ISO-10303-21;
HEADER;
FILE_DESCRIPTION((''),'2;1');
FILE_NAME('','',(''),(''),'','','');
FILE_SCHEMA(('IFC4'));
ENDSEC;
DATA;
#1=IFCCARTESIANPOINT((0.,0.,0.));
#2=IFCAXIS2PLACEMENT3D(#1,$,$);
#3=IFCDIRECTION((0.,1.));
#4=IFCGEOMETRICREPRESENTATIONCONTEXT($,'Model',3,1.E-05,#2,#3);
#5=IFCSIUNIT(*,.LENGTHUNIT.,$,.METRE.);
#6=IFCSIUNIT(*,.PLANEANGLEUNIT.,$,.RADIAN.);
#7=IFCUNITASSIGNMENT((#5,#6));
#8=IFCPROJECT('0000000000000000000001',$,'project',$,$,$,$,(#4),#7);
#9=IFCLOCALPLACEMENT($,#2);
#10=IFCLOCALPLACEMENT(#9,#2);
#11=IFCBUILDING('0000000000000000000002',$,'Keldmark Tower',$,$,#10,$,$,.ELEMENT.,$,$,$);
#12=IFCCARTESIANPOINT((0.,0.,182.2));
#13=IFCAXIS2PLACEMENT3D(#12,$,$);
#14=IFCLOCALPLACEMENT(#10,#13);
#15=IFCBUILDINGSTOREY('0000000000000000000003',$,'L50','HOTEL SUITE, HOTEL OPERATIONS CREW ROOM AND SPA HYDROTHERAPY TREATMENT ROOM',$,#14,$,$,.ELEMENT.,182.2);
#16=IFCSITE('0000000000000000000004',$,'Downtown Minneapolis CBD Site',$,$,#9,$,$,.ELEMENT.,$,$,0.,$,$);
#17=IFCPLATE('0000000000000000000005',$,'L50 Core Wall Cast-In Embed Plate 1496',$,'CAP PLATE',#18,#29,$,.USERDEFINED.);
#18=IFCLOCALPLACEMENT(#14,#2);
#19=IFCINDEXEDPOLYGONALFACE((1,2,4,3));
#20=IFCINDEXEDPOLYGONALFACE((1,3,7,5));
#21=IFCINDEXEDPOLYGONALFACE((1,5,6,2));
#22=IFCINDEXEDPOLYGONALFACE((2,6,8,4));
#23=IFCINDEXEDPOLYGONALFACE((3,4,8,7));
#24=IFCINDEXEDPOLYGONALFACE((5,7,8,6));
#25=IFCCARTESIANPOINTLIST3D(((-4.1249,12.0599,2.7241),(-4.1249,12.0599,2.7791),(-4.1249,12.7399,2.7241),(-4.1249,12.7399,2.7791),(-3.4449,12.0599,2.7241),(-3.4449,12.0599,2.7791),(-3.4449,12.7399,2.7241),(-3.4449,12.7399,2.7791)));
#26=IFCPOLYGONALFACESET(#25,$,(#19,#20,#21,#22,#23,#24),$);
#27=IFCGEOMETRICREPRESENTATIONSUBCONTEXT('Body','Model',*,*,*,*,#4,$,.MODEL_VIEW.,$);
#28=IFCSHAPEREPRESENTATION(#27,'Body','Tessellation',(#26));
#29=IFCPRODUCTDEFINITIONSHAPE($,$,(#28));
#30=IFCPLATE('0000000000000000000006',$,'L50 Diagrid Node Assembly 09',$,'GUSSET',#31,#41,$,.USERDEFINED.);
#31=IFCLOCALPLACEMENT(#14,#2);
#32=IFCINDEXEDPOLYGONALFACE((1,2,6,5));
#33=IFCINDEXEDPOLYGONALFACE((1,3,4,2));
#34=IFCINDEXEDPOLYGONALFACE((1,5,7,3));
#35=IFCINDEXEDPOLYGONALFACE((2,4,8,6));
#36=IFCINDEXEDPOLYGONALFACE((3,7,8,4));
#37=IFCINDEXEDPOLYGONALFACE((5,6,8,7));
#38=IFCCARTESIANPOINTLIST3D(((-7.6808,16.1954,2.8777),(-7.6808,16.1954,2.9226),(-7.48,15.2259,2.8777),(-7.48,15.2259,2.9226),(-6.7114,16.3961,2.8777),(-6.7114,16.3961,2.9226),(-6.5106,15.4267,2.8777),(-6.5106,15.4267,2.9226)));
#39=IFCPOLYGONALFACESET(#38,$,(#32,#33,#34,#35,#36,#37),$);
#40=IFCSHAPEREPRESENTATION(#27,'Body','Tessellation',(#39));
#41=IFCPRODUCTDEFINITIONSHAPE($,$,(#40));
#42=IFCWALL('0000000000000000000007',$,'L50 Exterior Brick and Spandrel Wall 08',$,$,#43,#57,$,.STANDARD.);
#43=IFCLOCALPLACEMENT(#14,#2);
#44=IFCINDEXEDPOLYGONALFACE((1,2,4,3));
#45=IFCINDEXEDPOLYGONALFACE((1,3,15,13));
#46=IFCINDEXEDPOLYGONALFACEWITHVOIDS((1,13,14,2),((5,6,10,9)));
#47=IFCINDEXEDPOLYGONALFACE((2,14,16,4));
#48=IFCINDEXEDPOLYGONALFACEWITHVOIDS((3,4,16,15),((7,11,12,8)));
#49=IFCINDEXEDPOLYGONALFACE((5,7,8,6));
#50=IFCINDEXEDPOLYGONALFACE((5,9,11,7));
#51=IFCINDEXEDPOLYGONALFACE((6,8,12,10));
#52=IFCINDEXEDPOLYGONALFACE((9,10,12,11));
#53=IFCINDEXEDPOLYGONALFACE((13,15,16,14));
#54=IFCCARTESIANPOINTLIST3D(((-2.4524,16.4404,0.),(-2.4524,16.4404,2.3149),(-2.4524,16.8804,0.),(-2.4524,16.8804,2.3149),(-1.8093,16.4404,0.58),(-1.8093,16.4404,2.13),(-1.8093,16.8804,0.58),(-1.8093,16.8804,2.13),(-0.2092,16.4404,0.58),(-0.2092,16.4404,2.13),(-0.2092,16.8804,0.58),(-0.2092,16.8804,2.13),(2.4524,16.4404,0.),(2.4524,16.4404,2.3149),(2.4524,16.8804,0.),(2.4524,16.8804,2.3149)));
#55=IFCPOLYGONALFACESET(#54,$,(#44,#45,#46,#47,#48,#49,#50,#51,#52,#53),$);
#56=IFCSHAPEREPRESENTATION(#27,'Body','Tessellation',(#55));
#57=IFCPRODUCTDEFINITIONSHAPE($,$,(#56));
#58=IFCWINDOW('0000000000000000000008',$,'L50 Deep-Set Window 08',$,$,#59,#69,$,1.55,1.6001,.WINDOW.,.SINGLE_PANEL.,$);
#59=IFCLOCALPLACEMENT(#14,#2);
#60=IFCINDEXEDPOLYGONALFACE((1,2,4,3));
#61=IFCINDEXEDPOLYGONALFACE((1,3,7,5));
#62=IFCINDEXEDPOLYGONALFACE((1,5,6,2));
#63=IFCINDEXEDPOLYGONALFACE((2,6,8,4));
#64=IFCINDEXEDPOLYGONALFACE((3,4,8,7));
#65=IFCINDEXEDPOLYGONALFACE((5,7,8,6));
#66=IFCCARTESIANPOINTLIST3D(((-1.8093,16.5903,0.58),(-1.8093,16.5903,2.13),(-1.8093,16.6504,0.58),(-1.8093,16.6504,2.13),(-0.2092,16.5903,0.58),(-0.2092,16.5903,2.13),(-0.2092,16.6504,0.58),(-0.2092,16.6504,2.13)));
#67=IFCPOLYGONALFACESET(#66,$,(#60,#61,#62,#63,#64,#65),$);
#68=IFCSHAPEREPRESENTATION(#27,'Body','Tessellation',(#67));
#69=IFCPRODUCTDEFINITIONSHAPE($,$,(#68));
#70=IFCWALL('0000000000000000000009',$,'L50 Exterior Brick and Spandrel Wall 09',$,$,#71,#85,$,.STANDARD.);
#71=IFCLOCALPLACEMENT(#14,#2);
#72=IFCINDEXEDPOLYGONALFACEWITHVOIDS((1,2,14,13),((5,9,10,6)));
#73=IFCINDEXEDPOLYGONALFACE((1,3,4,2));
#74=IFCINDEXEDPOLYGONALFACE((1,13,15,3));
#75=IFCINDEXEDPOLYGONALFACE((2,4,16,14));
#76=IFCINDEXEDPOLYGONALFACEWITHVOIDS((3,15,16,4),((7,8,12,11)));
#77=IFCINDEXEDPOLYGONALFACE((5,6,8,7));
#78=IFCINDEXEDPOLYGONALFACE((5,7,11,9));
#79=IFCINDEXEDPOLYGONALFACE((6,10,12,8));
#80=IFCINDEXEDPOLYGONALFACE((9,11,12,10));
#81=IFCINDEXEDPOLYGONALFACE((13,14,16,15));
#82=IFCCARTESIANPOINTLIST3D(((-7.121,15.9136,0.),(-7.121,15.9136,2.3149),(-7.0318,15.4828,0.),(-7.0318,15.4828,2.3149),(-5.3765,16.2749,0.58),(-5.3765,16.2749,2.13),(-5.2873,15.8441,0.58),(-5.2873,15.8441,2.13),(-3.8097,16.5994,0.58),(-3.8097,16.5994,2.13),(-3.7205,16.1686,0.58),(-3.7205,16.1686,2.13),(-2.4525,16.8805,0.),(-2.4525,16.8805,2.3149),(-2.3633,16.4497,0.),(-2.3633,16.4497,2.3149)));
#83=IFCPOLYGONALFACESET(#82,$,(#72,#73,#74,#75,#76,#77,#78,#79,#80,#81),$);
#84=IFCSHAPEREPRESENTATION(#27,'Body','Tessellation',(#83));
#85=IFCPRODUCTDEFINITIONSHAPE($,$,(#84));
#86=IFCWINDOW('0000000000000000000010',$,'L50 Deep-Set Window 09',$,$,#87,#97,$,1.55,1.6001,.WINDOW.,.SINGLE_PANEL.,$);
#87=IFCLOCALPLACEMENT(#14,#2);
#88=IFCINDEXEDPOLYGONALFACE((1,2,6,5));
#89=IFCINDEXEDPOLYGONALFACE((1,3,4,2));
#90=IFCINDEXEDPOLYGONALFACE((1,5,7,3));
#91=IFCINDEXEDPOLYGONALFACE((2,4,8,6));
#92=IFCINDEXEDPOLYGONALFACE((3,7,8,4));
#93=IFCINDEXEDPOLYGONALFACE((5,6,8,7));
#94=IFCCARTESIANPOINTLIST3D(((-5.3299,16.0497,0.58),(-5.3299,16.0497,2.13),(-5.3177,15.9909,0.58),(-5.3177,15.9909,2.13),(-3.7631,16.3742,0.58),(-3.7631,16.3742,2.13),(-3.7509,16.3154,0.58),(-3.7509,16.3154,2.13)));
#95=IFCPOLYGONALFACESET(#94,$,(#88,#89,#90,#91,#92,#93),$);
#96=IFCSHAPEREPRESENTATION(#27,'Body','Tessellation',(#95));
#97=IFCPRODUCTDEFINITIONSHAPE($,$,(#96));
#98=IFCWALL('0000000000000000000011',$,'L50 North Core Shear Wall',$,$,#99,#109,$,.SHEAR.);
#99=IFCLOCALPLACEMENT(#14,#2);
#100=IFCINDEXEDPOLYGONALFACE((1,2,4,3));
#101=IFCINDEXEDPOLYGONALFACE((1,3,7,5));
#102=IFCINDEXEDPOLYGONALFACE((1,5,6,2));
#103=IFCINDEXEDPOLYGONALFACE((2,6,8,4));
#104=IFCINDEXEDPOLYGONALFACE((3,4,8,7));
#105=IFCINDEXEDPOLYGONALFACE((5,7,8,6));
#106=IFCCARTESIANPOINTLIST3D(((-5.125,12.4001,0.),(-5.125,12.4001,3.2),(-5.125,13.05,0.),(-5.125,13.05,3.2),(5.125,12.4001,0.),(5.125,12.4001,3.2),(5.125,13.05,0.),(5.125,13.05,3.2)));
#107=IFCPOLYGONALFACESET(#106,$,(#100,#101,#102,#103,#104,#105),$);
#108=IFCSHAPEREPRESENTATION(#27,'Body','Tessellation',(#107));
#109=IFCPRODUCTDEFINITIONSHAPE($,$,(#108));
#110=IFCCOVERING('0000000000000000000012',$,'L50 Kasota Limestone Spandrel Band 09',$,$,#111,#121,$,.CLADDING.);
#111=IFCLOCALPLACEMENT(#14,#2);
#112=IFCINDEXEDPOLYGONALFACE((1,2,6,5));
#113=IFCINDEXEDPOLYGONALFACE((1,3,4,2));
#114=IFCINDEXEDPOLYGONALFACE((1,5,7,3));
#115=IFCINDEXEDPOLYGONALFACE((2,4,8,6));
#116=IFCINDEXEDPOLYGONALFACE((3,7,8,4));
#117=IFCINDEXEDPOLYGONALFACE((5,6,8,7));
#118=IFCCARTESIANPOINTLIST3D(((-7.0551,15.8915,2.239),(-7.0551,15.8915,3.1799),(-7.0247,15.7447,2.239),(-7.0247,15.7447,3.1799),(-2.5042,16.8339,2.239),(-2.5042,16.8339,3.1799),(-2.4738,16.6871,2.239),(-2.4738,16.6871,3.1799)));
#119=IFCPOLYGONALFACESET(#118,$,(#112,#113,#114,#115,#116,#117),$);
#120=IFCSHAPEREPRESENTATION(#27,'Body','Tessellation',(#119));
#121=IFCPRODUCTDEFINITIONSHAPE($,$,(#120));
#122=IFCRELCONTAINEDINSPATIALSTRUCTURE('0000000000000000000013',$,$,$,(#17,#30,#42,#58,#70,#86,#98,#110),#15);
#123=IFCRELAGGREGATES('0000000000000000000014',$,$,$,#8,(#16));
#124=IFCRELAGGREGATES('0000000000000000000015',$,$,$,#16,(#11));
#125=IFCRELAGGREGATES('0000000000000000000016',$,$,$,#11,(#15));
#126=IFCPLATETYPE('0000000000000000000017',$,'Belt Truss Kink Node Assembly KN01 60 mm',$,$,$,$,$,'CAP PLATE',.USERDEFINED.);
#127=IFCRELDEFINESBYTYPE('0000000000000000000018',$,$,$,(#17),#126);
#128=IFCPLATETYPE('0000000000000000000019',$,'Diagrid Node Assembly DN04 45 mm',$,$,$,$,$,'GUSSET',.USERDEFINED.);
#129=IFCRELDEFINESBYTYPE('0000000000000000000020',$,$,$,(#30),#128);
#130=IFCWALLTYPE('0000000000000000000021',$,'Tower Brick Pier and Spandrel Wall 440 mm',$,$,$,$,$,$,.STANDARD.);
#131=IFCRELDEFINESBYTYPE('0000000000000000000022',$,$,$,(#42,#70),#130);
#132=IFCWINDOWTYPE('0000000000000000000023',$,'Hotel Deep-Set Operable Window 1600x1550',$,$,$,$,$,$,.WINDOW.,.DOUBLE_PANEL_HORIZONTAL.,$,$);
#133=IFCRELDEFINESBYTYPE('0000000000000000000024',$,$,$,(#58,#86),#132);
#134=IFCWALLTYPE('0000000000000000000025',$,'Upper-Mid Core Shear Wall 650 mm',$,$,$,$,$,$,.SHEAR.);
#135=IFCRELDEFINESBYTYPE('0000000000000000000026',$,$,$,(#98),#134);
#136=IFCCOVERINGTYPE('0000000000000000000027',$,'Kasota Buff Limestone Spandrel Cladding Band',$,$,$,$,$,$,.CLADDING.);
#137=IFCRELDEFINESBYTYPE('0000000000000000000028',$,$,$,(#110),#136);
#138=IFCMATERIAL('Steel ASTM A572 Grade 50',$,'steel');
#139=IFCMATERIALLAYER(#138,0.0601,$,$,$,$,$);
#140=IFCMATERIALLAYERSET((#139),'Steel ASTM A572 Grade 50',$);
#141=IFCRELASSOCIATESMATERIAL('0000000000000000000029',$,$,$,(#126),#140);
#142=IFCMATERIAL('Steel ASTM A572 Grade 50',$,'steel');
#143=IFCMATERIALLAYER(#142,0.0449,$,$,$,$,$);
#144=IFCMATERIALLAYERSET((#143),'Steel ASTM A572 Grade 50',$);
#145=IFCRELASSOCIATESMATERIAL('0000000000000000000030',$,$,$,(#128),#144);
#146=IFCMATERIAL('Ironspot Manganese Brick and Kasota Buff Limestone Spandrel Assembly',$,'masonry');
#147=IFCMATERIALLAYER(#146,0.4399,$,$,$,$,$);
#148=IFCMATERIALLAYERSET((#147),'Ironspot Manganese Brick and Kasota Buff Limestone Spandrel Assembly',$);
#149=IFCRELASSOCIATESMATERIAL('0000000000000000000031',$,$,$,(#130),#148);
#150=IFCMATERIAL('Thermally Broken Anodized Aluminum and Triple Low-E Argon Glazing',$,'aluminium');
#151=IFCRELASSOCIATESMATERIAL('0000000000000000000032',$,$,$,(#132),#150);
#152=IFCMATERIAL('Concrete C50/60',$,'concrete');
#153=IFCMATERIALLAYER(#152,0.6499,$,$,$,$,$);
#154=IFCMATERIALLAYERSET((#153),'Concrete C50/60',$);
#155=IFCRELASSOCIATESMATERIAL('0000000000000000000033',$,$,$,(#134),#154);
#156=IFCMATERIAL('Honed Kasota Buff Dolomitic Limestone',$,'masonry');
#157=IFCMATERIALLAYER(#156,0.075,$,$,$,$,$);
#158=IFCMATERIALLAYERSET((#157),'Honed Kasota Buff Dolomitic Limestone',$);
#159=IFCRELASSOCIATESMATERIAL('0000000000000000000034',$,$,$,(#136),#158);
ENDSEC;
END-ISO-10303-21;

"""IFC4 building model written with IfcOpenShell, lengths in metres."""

from ifc_helpers import new_model, si_unit, direction, frame, frame_2d, origin, origin_2d, place, context, subcontext, project, spatial, rectangle, extrude, material, layer, layer_set, type_object, element, fill, save


model = new_model("IFC4")

# Units and contexts
model_context = context("Model", 3, precision=1e-05, world=origin(), true_north=direction((0.0, 1.0)))
body_context = subcontext(model_context, "Body", "Model", "MODEL_VIEW")
ifc_project = project(units=[si_unit("LENGTHUNIT", "METRE"), si_unit("PLANEANGLEUNIT", "RADIAN")], contexts=[model_context])

# Site, building, storey
site_placement = place(None, origin())
site = spatial("IfcSite", under=ifc_project, at=site_placement, Name="Downtown Minneapolis CBD Site", CompositionType="ELEMENT", RefElevation=0.0)
building_placement = place(site_placement, origin())
building = spatial("IfcBuilding", under=site, at=building_placement, Name="Keldmark Tower", CompositionType="ELEMENT")
storey_placement = place(building_placement, frame((0.0, 0.0, 182.2)))
storey = spatial("IfcBuildingStorey", under=building, at=storey_placement, Name="L50", Description="HOTEL SUITE, HOTEL OPERATIONS CREW ROOM AND SPA HYDROTHERAPY TREATMENT ROOM", CompositionType="ELEMENT", Elevation=182.2)

# Plates
ifc_material_1 = material(Name="Steel ASTM A572 Grade 50", Category="steel")
ifc_layer_1 = layer(ifc_material_1, 0.0601)
ifc_layer_set_1 = layer_set([ifc_layer_1], Name="Steel ASTM A572 Grade 50")
plate_type_1 = type_object("IfcPlateType", Name="Belt Truss Kink Node Assembly KN01 60 mm", ElementType="CAP PLATE", PredefinedType="USERDEFINED", material=ifc_layer_set_1)
for number, where, z_axis, x_axis, name in (
    (1, (-3.7849, 12.3999, 2.7241), (0.0, 0.0, 1.0), (1.0, 0.0, 0.0), "L50 Core Wall Cast-In Embed Plate 1496"),
):
    element("IfcPlate", number, at=place(storey_placement, frame(where, z_axis=z_axis, x_axis=x_axis)), inside=storey, type_object=plate_type_1, Name=name, ObjectType="CAP PLATE", PredefinedType="USERDEFINED", context=body_context, shape_type="SweptSolid", body=[
        extrude(rectangle(XDim=0.6799, YDim=0.6799, at=origin_2d()), origin(), (0.0, 0.0, 1.0), 0.0549),
    ])
ifc_material_2 = material(Name="Steel ASTM A572 Grade 50", Category="steel")
ifc_layer_2 = layer(ifc_material_2, 0.0449)
ifc_layer_set_2 = layer_set([ifc_layer_2], Name="Steel ASTM A572 Grade 50")
plate_type_2 = type_object("IfcPlateType", Name="Diagrid Node Assembly DN04 45 mm", ElementType="GUSSET", PredefinedType="USERDEFINED", material=ifc_layer_set_2)
plate_placement = place(storey_placement, frame((-7.0957, 15.811, 2.8777), z_axis=(0.0, 0.0, 1.0), x_axis=(-0.979223, -0.202787, 0.0)))
element("IfcPlate", 2, at=plate_placement, inside=storey, type_object=plate_type_2, Name="L50 Diagrid Node Assembly 09", ObjectType="GUSSET", PredefinedType="USERDEFINED", context=body_context, shape_type="SweptSolid", body=[
    extrude(rectangle(XDim=0.99, YDim=0.99, at=origin_2d()), origin(), (0.0, 0.0, 1.0), 0.0449),
])

# Walls, openings, windows
ifc_material_3 = material(Name="Ironspot Manganese Brick and Kasota Buff Limestone Spandrel Assembly", Category="masonry")
ifc_layer_3 = layer(ifc_material_3, 0.4399)
ifc_layer_set_3 = layer_set([ifc_layer_3], Name="Ironspot Manganese Brick and Kasota Buff Limestone Spandrel Assembly")
wall_type_1 = type_object("IfcWallType", Name="Tower Brick Pier and Spandrel Wall 440 mm", PredefinedType="STANDARD", material=ifc_layer_set_3)
wall_1_placement = place(storey_placement, frame((-2.4524, 16.6604, 0.0), z_axis=(0.0, 0.0, 1.0), x_axis=(1.0, 0.0, 0.0)))
wall_1 = element("IfcWall", 3, at=wall_1_placement, inside=storey, type_object=wall_type_1, Name="L50 Exterior Brick and Spandrel Wall 08", PredefinedType="STANDARD", context=body_context, shape_type="SweptSolid", body=[
    extrude(rectangle(XDim=4.9048, YDim=0.4399, at=frame_2d((2.4524, 0.0))), origin(), (0.0, 0.0, 1.0), 2.3149),
])
opening_1_placement = place(wall_1_placement, frame((0.6431, 0.0, 0.5801)))
opening_1 = element("IfcOpeningElement", 4, at=opening_1_placement, cuts=wall_1, PredefinedType="OPENING", context=body_context, shape_type="SweptSolid", body=[
    extrude(rectangle(XDim=1.6001, YDim=1.55, at=frame_2d((0.8, 0.7749))), frame((0.0, 0.23, 0.0), z_axis=(0.0, -1.0, 0.0), x_axis=(1.0, 0.0, 0.0)), (0.0, 0.0, 1.0), 0.46),
])
ifc_material_4 = material(Name="Thermally Broken Anodized Aluminum and Triple Low-E Argon Glazing", Category="aluminium")
window_type = type_object("IfcWindowType", Name="Hotel Deep-Set Operable Window 1600x1550", PartitioningType="DOUBLE_PANEL_HORIZONTAL", PredefinedType="WINDOW", material=ifc_material_4)
window_1_placement = place(opening_1_placement, origin())
window_1 = element("IfcWindow", 5, at=window_1_placement, inside=storey, type_object=window_type, Name="L50 Deep-Set Window 08", OverallHeight=1.55, OverallWidth=1.6001, PartitioningType="SINGLE_PANEL", PredefinedType="WINDOW", context=body_context, shape_type="SweptSolid", body=[
    extrude(rectangle(XDim=1.6001, YDim=1.55, at=frame_2d((0.8, 0.7749))), frame((0.0, -0.01, 0.0), z_axis=(0.0, -1.0, 0.0), x_axis=(1.0, 0.0, 0.0)), (0.0, 0.0, 1.0), 0.0601),
])
fill(opening_1, window_1)
wall_2_placement = place(storey_placement, frame((-7.0764, 15.6982, 0.0), z_axis=(0.0, 0.0, 1.0), x_axis=(0.979223, 0.202788, 0.0)))
wall_2 = element("IfcWall", 6, at=wall_2_placement, inside=storey, type_object=wall_type_1, Name="L50 Exterior Brick and Spandrel Wall 09", PredefinedType="STANDARD", context=body_context, shape_type="SweptSolid", body=[
    extrude(rectangle(XDim=4.7676, YDim=0.4399, at=frame_2d((2.3838, 0.0))), origin(), (0.0, 0.0, 1.0), 2.3149),
])
opening_2_placement = place(wall_2_placement, frame((1.7815, 0.0, 0.5801)))
opening_2 = element("IfcOpeningElement", 7, at=opening_2_placement, cuts=wall_2, PredefinedType="OPENING", context=body_context, shape_type="SweptSolid", body=[
    extrude(rectangle(XDim=1.6001, YDim=1.55, at=frame_2d((0.8, 0.7749))), frame((0.0, 0.23, 0.0), z_axis=(0.0, -1.0, 0.0), x_axis=(1.0, 0.0, 0.0)), (0.0, 0.0, 1.0), 0.46),
])
window_2_placement = place(opening_2_placement, origin())
window_2 = element("IfcWindow", 8, at=window_2_placement, inside=storey, type_object=window_type, Name="L50 Deep-Set Window 09", OverallHeight=1.55, OverallWidth=1.6001, PartitioningType="SINGLE_PANEL", PredefinedType="WINDOW", context=body_context, shape_type="SweptSolid", body=[
    extrude(rectangle(XDim=1.6001, YDim=1.55, at=frame_2d((0.8, 0.7749))), frame((0.0, -0.01, 0.0), z_axis=(0.0, -1.0, 0.0), x_axis=(1.0, 0.0, 0.0)), (0.0, 0.0, 1.0), 0.0601),
])
fill(opening_2, window_2)

# Wall
ifc_material_5 = material(Name="Concrete C50/60", Category="concrete")
ifc_layer_4 = layer(ifc_material_5, 0.6499)
ifc_layer_set_4 = layer_set([ifc_layer_4], Name="Concrete C50/60")
wall_type_2 = type_object("IfcWallType", Name="Upper-Mid Core Shear Wall 650 mm", PredefinedType="SHEAR", material=ifc_layer_set_4)
wall_3_placement = place(storey_placement, frame((-5.125, 12.7251, 0.0), z_axis=(0.0, 0.0, 1.0), x_axis=(1.0, 0.0, 0.0)))
element("IfcWall", 9, at=wall_3_placement, inside=storey, type_object=wall_type_2, Name="L50 North Core Shear Wall", PredefinedType="SHEAR", context=body_context, shape_type="SweptSolid", body=[
    extrude(rectangle(XDim=10.25, YDim=0.6499, at=frame_2d((5.125, 0.0))), origin(), (0.0, 0.0, 1.0), 3.2),
])

# Covering
ifc_material_6 = material(Name="Honed Kasota Buff Dolomitic Limestone", Category="masonry")
ifc_layer_5 = layer(ifc_material_6, 0.075)
ifc_layer_set_5 = layer_set([ifc_layer_5], Name="Honed Kasota Buff Dolomitic Limestone")
covering_type = type_object("IfcCoveringType", Name="Kasota Buff Limestone Spandrel Cladding Band", PredefinedType="CLADDING", material=ifc_layer_set_5)
covering_placement = place(storey_placement, frame((-4.7644, 16.2893, 2.239), z_axis=(0.0, 0.0, 1.0), x_axis=(-0.979223, -0.202787, 0.0)))
element("IfcCovering", 10, at=covering_placement, inside=storey, type_object=covering_type, Name="L50 Kasota Limestone Spandrel Band 09", PredefinedType="CLADDING", context=body_context, shape_type="SweptSolid", body=[
    extrude(rectangle(XDim=4.6475, YDim=0.1499, at=origin_2d()), origin(), (0.0, 0.0, 1.0), 0.9409),
])

save(model, "model.ifc")
